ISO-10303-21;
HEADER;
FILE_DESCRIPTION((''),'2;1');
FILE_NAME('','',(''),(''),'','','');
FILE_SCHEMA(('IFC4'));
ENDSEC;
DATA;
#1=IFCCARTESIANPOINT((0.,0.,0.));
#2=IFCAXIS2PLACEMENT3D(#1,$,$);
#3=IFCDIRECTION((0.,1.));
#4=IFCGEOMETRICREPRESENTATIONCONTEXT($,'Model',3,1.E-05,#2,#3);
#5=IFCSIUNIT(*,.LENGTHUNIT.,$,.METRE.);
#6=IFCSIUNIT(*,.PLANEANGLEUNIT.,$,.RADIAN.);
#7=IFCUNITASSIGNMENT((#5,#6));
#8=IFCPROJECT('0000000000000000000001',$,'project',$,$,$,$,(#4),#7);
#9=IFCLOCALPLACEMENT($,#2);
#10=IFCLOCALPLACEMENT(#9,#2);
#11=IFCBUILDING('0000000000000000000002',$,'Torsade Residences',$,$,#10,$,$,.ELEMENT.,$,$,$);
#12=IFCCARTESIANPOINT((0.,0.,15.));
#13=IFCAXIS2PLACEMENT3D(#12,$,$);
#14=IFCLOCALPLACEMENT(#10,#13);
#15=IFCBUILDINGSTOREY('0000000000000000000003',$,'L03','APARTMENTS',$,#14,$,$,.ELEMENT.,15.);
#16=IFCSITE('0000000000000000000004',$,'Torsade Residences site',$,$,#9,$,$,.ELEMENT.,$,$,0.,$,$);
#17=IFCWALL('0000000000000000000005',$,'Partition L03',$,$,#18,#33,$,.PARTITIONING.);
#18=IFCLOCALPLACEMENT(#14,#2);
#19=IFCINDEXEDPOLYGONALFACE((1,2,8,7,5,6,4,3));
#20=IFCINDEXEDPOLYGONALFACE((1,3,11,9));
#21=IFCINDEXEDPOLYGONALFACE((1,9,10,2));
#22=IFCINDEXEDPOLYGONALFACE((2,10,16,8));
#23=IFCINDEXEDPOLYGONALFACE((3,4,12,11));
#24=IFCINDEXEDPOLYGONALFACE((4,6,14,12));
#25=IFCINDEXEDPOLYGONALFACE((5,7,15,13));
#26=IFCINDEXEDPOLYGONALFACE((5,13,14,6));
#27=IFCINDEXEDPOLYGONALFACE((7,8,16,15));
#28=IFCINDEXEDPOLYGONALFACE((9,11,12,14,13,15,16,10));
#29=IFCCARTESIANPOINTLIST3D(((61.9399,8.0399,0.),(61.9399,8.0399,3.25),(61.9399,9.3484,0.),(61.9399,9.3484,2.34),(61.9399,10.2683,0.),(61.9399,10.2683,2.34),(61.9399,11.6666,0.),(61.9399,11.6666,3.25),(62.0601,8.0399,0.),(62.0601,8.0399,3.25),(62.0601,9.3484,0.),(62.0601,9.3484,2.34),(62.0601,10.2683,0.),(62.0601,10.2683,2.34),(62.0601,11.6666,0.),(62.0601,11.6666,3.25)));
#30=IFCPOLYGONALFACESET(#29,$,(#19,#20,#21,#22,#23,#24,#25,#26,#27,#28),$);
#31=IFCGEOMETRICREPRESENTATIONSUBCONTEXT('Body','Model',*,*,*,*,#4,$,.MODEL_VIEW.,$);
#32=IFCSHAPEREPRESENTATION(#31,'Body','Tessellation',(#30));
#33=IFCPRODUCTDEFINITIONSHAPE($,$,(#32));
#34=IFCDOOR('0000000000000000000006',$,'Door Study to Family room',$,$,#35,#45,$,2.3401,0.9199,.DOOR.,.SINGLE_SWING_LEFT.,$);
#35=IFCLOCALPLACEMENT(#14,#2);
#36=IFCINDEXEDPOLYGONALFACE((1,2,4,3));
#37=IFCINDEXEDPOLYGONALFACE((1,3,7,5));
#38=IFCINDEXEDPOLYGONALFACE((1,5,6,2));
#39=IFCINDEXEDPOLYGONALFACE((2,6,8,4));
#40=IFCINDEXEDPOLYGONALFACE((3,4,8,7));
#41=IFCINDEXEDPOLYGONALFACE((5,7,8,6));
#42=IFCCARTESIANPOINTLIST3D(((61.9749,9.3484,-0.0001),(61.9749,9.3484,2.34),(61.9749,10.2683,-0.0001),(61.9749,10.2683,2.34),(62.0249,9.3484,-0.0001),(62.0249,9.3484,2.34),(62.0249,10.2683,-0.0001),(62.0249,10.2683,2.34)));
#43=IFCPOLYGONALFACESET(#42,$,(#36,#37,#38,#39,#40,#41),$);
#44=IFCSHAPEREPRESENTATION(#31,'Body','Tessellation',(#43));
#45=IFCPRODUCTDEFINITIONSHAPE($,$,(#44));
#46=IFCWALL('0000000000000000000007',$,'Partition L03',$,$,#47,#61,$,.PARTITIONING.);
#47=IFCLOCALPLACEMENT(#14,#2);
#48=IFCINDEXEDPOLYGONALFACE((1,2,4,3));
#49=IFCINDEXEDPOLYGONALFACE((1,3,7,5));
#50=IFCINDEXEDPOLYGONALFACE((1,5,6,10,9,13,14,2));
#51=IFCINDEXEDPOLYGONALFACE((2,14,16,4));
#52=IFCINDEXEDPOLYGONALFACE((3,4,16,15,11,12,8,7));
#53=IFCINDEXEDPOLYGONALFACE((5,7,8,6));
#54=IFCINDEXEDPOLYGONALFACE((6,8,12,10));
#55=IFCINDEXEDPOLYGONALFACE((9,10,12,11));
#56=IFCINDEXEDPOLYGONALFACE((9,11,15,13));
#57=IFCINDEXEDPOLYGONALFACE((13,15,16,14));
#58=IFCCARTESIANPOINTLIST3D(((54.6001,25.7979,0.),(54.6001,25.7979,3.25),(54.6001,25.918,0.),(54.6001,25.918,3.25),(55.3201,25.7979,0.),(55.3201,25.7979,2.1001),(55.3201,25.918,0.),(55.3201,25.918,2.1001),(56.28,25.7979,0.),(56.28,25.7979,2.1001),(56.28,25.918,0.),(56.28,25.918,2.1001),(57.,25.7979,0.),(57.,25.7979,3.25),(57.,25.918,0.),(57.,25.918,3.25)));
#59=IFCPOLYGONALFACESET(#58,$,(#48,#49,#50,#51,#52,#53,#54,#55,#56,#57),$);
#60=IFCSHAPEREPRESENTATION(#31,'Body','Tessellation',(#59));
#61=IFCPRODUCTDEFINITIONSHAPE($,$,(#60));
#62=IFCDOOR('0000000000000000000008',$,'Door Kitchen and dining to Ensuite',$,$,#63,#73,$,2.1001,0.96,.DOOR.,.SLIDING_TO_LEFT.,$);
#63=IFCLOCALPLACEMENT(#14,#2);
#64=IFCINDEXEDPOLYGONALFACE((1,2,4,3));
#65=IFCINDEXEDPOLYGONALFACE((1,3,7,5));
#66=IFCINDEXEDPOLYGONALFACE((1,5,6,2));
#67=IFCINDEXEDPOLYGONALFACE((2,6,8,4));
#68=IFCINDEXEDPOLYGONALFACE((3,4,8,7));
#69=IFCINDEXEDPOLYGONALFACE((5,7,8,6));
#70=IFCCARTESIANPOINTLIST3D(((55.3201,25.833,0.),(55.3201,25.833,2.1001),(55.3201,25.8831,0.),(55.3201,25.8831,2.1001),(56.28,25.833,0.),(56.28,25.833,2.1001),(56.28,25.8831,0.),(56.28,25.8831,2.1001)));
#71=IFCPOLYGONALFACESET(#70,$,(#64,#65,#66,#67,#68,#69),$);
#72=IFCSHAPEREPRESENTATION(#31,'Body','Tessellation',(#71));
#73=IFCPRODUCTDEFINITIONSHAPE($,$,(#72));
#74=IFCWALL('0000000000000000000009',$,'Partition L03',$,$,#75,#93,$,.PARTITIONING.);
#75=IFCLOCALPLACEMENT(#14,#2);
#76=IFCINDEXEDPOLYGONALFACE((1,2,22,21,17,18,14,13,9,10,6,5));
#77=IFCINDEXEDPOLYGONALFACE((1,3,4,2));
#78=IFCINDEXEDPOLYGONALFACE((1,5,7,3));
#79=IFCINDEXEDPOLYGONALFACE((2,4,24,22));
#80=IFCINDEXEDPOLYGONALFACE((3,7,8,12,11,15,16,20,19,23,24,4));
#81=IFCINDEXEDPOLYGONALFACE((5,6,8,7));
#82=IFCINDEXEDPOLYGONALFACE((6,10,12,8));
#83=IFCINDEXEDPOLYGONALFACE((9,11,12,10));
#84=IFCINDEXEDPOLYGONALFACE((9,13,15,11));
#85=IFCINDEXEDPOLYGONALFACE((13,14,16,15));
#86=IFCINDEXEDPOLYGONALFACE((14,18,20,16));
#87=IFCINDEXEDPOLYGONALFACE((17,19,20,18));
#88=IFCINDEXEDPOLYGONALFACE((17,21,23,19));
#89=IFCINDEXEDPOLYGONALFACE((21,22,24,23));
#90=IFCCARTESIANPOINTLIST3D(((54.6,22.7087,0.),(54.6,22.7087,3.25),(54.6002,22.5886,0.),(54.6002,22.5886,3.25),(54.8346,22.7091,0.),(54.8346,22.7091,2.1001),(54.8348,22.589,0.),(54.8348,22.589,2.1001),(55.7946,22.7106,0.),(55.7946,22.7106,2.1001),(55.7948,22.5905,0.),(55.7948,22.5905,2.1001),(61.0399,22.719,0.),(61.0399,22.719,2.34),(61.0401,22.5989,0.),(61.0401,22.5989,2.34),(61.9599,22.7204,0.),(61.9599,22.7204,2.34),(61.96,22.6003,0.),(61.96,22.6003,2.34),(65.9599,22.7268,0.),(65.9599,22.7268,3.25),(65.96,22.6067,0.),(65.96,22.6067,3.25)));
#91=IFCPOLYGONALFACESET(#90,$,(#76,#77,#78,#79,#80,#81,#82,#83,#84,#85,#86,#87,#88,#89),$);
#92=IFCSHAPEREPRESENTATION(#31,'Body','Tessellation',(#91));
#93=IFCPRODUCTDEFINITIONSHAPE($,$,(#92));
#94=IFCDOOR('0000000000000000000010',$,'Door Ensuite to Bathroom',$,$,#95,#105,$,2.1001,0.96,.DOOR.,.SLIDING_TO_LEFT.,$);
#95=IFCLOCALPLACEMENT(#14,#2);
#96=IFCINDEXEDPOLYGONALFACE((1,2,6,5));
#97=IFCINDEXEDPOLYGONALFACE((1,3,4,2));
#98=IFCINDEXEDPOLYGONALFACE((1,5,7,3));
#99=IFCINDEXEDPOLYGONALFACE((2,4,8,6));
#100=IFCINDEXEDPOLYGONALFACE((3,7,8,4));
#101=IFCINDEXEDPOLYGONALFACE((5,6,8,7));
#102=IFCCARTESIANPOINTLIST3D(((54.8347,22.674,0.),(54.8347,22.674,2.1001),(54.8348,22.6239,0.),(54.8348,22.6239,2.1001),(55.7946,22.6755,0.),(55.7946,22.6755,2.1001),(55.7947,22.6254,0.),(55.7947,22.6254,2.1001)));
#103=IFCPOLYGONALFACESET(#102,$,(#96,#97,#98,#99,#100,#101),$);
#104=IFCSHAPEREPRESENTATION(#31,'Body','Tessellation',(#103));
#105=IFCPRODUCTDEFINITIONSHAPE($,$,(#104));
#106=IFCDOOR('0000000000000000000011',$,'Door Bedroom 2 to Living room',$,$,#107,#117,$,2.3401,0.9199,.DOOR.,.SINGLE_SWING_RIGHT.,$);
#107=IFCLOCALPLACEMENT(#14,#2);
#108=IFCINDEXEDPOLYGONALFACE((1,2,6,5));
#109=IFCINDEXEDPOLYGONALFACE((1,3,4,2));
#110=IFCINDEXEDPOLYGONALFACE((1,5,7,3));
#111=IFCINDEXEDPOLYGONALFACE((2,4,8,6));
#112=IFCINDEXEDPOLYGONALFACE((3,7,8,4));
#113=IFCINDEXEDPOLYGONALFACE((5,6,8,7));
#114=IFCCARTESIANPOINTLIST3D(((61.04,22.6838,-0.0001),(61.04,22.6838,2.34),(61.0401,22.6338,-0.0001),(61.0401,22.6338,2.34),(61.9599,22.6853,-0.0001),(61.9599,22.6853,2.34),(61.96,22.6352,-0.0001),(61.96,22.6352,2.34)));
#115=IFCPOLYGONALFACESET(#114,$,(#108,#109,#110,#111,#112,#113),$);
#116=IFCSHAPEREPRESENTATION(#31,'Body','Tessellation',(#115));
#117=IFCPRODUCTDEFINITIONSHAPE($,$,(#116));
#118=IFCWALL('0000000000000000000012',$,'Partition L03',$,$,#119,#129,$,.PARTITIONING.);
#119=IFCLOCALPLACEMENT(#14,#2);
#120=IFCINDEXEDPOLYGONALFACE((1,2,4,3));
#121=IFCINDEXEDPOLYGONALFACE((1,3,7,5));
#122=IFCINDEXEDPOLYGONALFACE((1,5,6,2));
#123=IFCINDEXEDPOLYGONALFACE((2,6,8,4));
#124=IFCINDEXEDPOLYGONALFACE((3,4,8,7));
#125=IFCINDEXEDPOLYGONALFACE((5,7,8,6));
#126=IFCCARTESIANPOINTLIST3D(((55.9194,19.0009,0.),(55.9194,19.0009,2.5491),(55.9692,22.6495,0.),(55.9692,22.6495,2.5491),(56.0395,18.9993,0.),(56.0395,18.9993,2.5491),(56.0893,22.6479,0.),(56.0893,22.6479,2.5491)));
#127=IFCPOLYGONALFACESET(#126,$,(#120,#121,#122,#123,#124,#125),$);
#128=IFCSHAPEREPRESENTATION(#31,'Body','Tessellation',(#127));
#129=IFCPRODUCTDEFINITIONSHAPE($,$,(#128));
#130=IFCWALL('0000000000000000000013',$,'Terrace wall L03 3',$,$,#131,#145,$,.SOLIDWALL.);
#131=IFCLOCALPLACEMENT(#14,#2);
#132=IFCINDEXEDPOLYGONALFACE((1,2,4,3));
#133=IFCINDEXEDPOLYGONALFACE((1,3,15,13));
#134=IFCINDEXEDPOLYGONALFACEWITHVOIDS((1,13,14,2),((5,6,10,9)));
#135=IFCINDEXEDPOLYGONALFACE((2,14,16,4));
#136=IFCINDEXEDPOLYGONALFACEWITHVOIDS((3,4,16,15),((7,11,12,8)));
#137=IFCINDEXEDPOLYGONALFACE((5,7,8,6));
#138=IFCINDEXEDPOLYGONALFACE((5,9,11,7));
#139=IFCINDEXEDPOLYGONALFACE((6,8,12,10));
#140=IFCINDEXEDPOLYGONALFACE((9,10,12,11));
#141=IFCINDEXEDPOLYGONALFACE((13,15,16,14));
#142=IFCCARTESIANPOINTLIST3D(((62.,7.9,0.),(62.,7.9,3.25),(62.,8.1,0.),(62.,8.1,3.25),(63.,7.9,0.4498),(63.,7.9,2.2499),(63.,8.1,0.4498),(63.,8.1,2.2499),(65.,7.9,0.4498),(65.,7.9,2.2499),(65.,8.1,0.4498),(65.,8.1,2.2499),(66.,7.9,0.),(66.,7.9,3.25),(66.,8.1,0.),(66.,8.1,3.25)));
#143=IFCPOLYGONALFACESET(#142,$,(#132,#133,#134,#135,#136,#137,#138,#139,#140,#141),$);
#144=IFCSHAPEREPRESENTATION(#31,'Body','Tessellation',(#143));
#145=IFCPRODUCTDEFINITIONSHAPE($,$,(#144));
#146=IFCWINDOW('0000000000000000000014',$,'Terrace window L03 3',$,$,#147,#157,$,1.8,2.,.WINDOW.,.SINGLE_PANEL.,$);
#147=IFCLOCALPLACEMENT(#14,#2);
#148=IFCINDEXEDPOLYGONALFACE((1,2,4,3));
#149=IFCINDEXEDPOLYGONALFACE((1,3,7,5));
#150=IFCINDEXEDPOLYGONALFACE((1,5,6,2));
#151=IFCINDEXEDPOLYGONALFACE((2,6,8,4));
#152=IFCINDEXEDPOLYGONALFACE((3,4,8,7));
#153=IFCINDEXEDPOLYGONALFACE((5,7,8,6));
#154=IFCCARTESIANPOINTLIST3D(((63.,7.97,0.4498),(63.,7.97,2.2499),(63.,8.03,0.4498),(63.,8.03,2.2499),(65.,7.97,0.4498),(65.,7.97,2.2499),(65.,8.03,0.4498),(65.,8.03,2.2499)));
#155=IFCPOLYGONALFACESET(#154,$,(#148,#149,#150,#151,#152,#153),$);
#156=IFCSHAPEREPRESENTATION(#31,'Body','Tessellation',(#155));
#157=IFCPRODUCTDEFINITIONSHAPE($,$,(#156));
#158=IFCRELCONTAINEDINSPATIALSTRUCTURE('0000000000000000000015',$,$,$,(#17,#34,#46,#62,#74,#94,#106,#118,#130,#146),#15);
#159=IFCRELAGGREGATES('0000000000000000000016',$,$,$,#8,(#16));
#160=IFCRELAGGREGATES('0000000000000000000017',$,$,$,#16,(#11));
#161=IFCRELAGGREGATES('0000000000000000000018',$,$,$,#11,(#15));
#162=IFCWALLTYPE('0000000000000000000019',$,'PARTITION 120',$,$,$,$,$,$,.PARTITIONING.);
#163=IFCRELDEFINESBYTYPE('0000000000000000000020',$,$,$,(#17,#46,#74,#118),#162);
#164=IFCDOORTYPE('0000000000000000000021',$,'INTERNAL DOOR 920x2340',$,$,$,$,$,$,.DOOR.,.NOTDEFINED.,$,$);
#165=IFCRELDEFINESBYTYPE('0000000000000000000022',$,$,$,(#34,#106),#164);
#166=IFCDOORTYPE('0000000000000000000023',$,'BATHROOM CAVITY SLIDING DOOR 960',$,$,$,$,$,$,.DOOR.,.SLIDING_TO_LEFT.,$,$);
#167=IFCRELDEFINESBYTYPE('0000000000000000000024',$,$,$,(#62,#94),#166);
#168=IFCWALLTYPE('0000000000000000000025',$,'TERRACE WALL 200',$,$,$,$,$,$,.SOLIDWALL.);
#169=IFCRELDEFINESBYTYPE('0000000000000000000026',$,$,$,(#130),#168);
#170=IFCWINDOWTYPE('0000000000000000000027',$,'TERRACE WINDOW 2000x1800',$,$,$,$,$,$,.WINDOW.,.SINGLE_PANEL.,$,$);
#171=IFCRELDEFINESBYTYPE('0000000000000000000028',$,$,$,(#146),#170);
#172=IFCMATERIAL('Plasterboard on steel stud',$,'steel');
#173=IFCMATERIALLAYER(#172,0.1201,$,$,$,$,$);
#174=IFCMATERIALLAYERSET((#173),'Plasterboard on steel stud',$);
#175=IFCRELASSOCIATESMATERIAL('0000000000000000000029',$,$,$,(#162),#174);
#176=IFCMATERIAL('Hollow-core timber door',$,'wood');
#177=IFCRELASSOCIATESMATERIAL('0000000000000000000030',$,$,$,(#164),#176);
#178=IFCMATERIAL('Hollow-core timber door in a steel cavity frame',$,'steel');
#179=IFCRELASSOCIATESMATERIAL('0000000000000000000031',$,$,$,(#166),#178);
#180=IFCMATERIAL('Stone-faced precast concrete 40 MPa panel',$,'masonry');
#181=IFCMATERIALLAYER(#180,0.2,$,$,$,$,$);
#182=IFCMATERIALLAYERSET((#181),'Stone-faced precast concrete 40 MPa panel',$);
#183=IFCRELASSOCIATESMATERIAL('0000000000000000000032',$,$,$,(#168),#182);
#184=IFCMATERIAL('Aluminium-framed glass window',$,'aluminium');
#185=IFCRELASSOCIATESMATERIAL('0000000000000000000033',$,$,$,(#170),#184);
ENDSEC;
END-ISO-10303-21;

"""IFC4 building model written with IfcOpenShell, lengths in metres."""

from ifc_helpers import new_model, si_unit, direction, frame, frame_2d, origin, place, context, subcontext, project, spatial, rectangle, extrude, material, layer, layer_set, type_object, element, fill, save


model = new_model("IFC4")

# Units and contexts
model_context = context("Model", 3, precision=1e-05, world=origin(), true_north=direction((0.0, 1.0)))
body_context = subcontext(model_context, "Body", "Model", "MODEL_VIEW")
ifc_project = project(units=[si_unit("LENGTHUNIT", "METRE"), si_unit("PLANEANGLEUNIT", "RADIAN")], contexts=[model_context])

# Site, building, storey
site_placement = place(None, origin())
site = spatial("IfcSite", under=ifc_project, at=site_placement, Name="Torsade Residences site", CompositionType="ELEMENT", RefElevation=0.0)
building_placement = place(site_placement, origin())
building = spatial("IfcBuilding", under=site, at=building_placement, Name="Torsade Residences", CompositionType="ELEMENT")
storey_placement = place(building_placement, frame((0.0, 0.0, 15.0)))
storey = spatial("IfcBuildingStorey", under=building, at=storey_placement, Name="L03", Description="APARTMENTS", CompositionType="ELEMENT", Elevation=15.0)

# Shared definitions
ifc_material_1 = material(Name="Plasterboard on steel stud", Category="steel")
ifc_layer_1 = layer(ifc_material_1, 0.1201)
ifc_layer_set_1 = layer_set([ifc_layer_1], Name="Plasterboard on steel stud")
wall_type_1 = type_object("IfcWallType", Name="PARTITION 120", PredefinedType="PARTITIONING", material=ifc_layer_set_1)
ifc_material_2 = material(Name="Hollow-core timber door", Category="wood")
door_type_1 = type_object("IfcDoorType", Name="INTERNAL DOOR 920x2340", OperationType="NOTDEFINED", PredefinedType="DOOR", material=ifc_material_2)

# Walls, openings, doors
wall_1_placement = place(storey_placement, frame((62.0, 11.6667, 0.0), z_axis=(0.0, 0.0, 1.0), x_axis=(0.0, -1.0, 0.0)))
wall_1 = element("IfcWall", 1, at=wall_1_placement, inside=storey, type_object=wall_type_1, Name="Partition L03", PredefinedType="PARTITIONING", context=body_context, shape_type="SweptSolid", body=[
    extrude(rectangle(XDim=3.6267, YDim=0.1201, at=frame_2d((1.8135, 0.0))), origin(), (0.0, 0.0, 1.0), 3.25),
])
opening_1_placement = place(wall_1_placement, frame((1.3984, 0.0, 0.0)))
opening_1 = element("IfcOpeningElement", 2, at=opening_1_placement, cuts=wall_1, PredefinedType="OPENING", context=body_context, shape_type="SweptSolid", body=[
    extrude(rectangle(XDim=0.9199, YDim=2.3401, at=frame_2d((0.46, 1.1699))), frame((0.0, 0.0701, 0.0), z_axis=(0.0, -1.0, 0.0), x_axis=(1.0, 0.0, 0.0)), (0.0, 0.0, 1.0), 0.1401),
])
door_1_placement = place(opening_1_placement, origin())
door_1 = element("IfcDoor", 3, at=door_1_placement, inside=storey, type_object=door_type_1, Name="Door Study to Family room", OperationType="SINGLE_SWING_LEFT", OverallHeight=2.3401, OverallWidth=0.9199, PredefinedType="DOOR", context=body_context, shape_type="SweptSolid", body=[
    extrude(rectangle(XDim=0.9199, YDim=2.3401, at=frame_2d((0.46, 1.1699))), frame((0.0, 0.0249, 0.0), z_axis=(0.0, -1.0, 0.0), x_axis=(1.0, 0.0, 0.0)), (0.0, 0.0, 1.0), 0.05),
])
fill(opening_1, door_1)
wall_2_placement = place(storey_placement, frame((57.0, 25.8579, 0.0), z_axis=(0.0, 0.0, 1.0), x_axis=(-1.0, 0.0, 0.0)))
wall_2 = element("IfcWall", 4, at=wall_2_placement, inside=storey, type_object=wall_type_1, Name="Partition L03", PredefinedType="PARTITIONING", context=body_context, shape_type="SweptSolid", body=[
    extrude(rectangle(XDim=2.3999, YDim=0.1201, at=frame_2d((1.2, 0.0))), origin(), (0.0, 0.0, 1.0), 3.25),
])
opening_2_placement = place(wall_2_placement, frame((0.72, 0.0, 0.0)))
opening_2 = element("IfcOpeningElement", 5, at=opening_2_placement, cuts=wall_2, PredefinedType="OPENING", context=body_context, shape_type="SweptSolid", body=[
    extrude(rectangle(XDim=0.96, YDim=2.1001, at=frame_2d((0.48, 1.05))), frame((0.0, 0.0701, 0.0), z_axis=(0.0, -1.0, 0.0), x_axis=(1.0, 0.0, 0.0)), (0.0, 0.0, 1.0), 0.1401),
])
ifc_material_3 = material(Name="Hollow-core timber door in a steel cavity frame", Category="steel")
door_type_2 = type_object("IfcDoorType", Name="BATHROOM CAVITY SLIDING DOOR 960", OperationType="SLIDING_TO_LEFT", PredefinedType="DOOR", material=ifc_material_3)
door_2_placement = place(opening_2_placement, origin())
door_2 = element("IfcDoor", 6, at=door_2_placement, inside=storey, type_object=door_type_2, Name="Door Kitchen and dining to Ensuite", OperationType="SLIDING_TO_LEFT", OverallHeight=2.1001, OverallWidth=0.96, PredefinedType="DOOR", context=body_context, shape_type="SweptSolid", body=[
    extrude(rectangle(XDim=0.96, YDim=2.1001, at=frame_2d((0.48, 1.05))), frame((0.0, 0.0249, 0.0), z_axis=(0.0, -1.0, 0.0), x_axis=(1.0, 0.0, 0.0)), (0.0, 0.0, 1.0), 0.05),
])
fill(opening_2, door_2)

# Wall, openings, doors
wall_3_placement = place(storey_placement, frame((54.6001, 22.6487, 0.0), z_axis=(0.0, 0.0, 1.0), x_axis=(0.999999, 0.00159, 0.0)))
wall_3 = element("IfcWall", 7, at=wall_3_placement, inside=storey, type_object=wall_type_1, Name="Partition L03", PredefinedType="PARTITIONING", context=body_context, shape_type="SweptSolid", body=[
    extrude(rectangle(XDim=11.3599, YDim=0.1201, at=frame_2d((5.6799, 0.0))), origin(), (0.0, 0.0, 1.0), 3.25),
])
opening_3_placement = place(wall_3_placement, frame((0.2346, 0.0, 0.0)))
opening_3 = element("IfcOpeningElement", 8, at=opening_3_placement, cuts=wall_3, PredefinedType="OPENING", context=body_context, shape_type="SweptSolid", body=[
    extrude(rectangle(XDim=0.96, YDim=2.1001, at=frame_2d((0.48, 1.05))), frame((0.0, 0.0701, 0.0), z_axis=(0.0, -1.0, 0.0), x_axis=(1.0, 0.0, 0.0)), (0.0, 0.0, 1.0), 0.1401),
])
opening_4_placement = place(wall_3_placement, frame((6.4399, 0.0, 0.0)))
opening_4 = element("IfcOpeningElement", 9, at=opening_4_placement, cuts=wall_3, PredefinedType="OPENING", context=body_context, shape_type="SweptSolid", body=[
    extrude(rectangle(XDim=0.9199, YDim=2.3401, at=frame_2d((0.46, 1.1699))), frame((0.0, 0.0701, 0.0), z_axis=(0.0, -1.0, 0.0), x_axis=(1.0, 0.0, 0.0)), (0.0, 0.0, 1.0), 0.1401),
])
door_3_placement = place(opening_3_placement, origin())
door_3 = element("IfcDoor", 10, at=door_3_placement, inside=storey, type_object=door_type_2, Name="Door Ensuite to Bathroom", OperationType="SLIDING_TO_LEFT", OverallHeight=2.1001, OverallWidth=0.96, PredefinedType="DOOR", context=body_context, shape_type="SweptSolid", body=[
    extrude(rectangle(XDim=0.96, YDim=2.1001, at=frame_2d((0.48, 1.05))), frame((0.0, 0.0249, 0.0), z_axis=(0.0, -1.0, 0.0), x_axis=(1.0, 0.0, 0.0)), (0.0, 0.0, 1.0), 0.05),
])
fill(opening_3, door_3)
door_4_placement = place(opening_4_placement, origin())
door_4 = element("IfcDoor", 11, at=door_4_placement, inside=storey, type_object=door_type_1, Name="Door Bedroom 2 to Living room", OperationType="SINGLE_SWING_RIGHT", OverallHeight=2.3401, OverallWidth=0.9199, PredefinedType="DOOR", context=body_context, shape_type="SweptSolid", body=[
    extrude(rectangle(XDim=0.9199, YDim=2.3401, at=frame_2d((0.46, 1.1699))), frame((0.0, 0.0249, 0.0), z_axis=(0.0, -1.0, 0.0), x_axis=(1.0, 0.0, 0.0)), (0.0, 0.0, 1.0), 0.05),
])
fill(opening_4, door_4)

# Wall
wall_4_placement = place(storey_placement, frame((56.0293, 22.6487, 0.0), z_axis=(0.0, 0.0, 1.0), x_axis=(-0.013649, -0.999907, 0.0)))
element("IfcWall", 12, at=wall_4_placement, inside=storey, type_object=wall_type_1, Name="Partition L03", PredefinedType="PARTITIONING", context=body_context, shape_type="SweptSolid", body=[
    extrude(rectangle(XDim=3.6489, YDim=0.1201, at=frame_2d((1.8245, 0.0))), origin(), (0.0, 0.0, 1.0), 2.5491),
])

# Wall, opening, window
ifc_material_4 = material(Name="Stone-faced precast concrete 40 MPa panel", Category="masonry")
ifc_layer_2 = layer(ifc_material_4, 0.2)
ifc_layer_set_2 = layer_set([ifc_layer_2], Name="Stone-faced precast concrete 40 MPa panel")
wall_type_2 = type_object("IfcWallType", Name="TERRACE WALL 200", PredefinedType="SOLIDWALL", material=ifc_layer_set_2)
wall_5_placement = place(storey_placement, frame((62.0, 8.0, 0.0), z_axis=(0.0, 0.0, 1.0), x_axis=(1.0, 0.0, 0.0)))
wall_5 = element("IfcWall", 13, at=wall_5_placement, inside=storey, type_object=wall_type_2, Name="Terrace wall L03 3", PredefinedType="SOLIDWALL", context=body_context, shape_type="SweptSolid", body=[
    extrude(rectangle(XDim=4.0, YDim=0.2, at=frame_2d((2.0, 0.0))), origin(), (0.0, 0.0, 1.0), 3.25),
])
opening_5_placement = place(wall_5_placement, frame((1.0, 0.0, 0.45)))
opening_5 = element("IfcOpeningElement", 14, at=opening_5_placement, cuts=wall_5, PredefinedType="OPENING", context=body_context, shape_type="SweptSolid", body=[
    extrude(rectangle(XDim=2.0, YDim=1.8, at=frame_2d((1.0, 0.8999))), frame((0.0, 0.1099, 0.0), z_axis=(0.0, -1.0, 0.0), x_axis=(1.0, 0.0, 0.0)), (0.0, 0.0, 1.0), 0.22),
])
ifc_material_5 = material(Name="Aluminium-framed glass window", Category="aluminium")
window_type = type_object("IfcWindowType", Name="TERRACE WINDOW 2000x1800", PartitioningType="SINGLE_PANEL", PredefinedType="WINDOW", material=ifc_material_5)
window_placement = place(opening_5_placement, origin())
window = element("IfcWindow", 15, at=window_placement, inside=storey, type_object=window_type, Name="Terrace window L03 3", OverallHeight=1.8, OverallWidth=2.0, PartitioningType="SINGLE_PANEL", PredefinedType="WINDOW", context=body_context, shape_type="SweptSolid", body=[
    extrude(rectangle(XDim=2.0, YDim=1.8, at=frame_2d((1.0, 0.8999))), frame((0.0, 0.03, 0.0), z_axis=(0.0, -1.0, 0.0), x_axis=(1.0, 0.0, 0.0)), (0.0, 0.0, 1.0), 0.0601),
])
fill(opening_5, window)

save(model, "model.ifc")
